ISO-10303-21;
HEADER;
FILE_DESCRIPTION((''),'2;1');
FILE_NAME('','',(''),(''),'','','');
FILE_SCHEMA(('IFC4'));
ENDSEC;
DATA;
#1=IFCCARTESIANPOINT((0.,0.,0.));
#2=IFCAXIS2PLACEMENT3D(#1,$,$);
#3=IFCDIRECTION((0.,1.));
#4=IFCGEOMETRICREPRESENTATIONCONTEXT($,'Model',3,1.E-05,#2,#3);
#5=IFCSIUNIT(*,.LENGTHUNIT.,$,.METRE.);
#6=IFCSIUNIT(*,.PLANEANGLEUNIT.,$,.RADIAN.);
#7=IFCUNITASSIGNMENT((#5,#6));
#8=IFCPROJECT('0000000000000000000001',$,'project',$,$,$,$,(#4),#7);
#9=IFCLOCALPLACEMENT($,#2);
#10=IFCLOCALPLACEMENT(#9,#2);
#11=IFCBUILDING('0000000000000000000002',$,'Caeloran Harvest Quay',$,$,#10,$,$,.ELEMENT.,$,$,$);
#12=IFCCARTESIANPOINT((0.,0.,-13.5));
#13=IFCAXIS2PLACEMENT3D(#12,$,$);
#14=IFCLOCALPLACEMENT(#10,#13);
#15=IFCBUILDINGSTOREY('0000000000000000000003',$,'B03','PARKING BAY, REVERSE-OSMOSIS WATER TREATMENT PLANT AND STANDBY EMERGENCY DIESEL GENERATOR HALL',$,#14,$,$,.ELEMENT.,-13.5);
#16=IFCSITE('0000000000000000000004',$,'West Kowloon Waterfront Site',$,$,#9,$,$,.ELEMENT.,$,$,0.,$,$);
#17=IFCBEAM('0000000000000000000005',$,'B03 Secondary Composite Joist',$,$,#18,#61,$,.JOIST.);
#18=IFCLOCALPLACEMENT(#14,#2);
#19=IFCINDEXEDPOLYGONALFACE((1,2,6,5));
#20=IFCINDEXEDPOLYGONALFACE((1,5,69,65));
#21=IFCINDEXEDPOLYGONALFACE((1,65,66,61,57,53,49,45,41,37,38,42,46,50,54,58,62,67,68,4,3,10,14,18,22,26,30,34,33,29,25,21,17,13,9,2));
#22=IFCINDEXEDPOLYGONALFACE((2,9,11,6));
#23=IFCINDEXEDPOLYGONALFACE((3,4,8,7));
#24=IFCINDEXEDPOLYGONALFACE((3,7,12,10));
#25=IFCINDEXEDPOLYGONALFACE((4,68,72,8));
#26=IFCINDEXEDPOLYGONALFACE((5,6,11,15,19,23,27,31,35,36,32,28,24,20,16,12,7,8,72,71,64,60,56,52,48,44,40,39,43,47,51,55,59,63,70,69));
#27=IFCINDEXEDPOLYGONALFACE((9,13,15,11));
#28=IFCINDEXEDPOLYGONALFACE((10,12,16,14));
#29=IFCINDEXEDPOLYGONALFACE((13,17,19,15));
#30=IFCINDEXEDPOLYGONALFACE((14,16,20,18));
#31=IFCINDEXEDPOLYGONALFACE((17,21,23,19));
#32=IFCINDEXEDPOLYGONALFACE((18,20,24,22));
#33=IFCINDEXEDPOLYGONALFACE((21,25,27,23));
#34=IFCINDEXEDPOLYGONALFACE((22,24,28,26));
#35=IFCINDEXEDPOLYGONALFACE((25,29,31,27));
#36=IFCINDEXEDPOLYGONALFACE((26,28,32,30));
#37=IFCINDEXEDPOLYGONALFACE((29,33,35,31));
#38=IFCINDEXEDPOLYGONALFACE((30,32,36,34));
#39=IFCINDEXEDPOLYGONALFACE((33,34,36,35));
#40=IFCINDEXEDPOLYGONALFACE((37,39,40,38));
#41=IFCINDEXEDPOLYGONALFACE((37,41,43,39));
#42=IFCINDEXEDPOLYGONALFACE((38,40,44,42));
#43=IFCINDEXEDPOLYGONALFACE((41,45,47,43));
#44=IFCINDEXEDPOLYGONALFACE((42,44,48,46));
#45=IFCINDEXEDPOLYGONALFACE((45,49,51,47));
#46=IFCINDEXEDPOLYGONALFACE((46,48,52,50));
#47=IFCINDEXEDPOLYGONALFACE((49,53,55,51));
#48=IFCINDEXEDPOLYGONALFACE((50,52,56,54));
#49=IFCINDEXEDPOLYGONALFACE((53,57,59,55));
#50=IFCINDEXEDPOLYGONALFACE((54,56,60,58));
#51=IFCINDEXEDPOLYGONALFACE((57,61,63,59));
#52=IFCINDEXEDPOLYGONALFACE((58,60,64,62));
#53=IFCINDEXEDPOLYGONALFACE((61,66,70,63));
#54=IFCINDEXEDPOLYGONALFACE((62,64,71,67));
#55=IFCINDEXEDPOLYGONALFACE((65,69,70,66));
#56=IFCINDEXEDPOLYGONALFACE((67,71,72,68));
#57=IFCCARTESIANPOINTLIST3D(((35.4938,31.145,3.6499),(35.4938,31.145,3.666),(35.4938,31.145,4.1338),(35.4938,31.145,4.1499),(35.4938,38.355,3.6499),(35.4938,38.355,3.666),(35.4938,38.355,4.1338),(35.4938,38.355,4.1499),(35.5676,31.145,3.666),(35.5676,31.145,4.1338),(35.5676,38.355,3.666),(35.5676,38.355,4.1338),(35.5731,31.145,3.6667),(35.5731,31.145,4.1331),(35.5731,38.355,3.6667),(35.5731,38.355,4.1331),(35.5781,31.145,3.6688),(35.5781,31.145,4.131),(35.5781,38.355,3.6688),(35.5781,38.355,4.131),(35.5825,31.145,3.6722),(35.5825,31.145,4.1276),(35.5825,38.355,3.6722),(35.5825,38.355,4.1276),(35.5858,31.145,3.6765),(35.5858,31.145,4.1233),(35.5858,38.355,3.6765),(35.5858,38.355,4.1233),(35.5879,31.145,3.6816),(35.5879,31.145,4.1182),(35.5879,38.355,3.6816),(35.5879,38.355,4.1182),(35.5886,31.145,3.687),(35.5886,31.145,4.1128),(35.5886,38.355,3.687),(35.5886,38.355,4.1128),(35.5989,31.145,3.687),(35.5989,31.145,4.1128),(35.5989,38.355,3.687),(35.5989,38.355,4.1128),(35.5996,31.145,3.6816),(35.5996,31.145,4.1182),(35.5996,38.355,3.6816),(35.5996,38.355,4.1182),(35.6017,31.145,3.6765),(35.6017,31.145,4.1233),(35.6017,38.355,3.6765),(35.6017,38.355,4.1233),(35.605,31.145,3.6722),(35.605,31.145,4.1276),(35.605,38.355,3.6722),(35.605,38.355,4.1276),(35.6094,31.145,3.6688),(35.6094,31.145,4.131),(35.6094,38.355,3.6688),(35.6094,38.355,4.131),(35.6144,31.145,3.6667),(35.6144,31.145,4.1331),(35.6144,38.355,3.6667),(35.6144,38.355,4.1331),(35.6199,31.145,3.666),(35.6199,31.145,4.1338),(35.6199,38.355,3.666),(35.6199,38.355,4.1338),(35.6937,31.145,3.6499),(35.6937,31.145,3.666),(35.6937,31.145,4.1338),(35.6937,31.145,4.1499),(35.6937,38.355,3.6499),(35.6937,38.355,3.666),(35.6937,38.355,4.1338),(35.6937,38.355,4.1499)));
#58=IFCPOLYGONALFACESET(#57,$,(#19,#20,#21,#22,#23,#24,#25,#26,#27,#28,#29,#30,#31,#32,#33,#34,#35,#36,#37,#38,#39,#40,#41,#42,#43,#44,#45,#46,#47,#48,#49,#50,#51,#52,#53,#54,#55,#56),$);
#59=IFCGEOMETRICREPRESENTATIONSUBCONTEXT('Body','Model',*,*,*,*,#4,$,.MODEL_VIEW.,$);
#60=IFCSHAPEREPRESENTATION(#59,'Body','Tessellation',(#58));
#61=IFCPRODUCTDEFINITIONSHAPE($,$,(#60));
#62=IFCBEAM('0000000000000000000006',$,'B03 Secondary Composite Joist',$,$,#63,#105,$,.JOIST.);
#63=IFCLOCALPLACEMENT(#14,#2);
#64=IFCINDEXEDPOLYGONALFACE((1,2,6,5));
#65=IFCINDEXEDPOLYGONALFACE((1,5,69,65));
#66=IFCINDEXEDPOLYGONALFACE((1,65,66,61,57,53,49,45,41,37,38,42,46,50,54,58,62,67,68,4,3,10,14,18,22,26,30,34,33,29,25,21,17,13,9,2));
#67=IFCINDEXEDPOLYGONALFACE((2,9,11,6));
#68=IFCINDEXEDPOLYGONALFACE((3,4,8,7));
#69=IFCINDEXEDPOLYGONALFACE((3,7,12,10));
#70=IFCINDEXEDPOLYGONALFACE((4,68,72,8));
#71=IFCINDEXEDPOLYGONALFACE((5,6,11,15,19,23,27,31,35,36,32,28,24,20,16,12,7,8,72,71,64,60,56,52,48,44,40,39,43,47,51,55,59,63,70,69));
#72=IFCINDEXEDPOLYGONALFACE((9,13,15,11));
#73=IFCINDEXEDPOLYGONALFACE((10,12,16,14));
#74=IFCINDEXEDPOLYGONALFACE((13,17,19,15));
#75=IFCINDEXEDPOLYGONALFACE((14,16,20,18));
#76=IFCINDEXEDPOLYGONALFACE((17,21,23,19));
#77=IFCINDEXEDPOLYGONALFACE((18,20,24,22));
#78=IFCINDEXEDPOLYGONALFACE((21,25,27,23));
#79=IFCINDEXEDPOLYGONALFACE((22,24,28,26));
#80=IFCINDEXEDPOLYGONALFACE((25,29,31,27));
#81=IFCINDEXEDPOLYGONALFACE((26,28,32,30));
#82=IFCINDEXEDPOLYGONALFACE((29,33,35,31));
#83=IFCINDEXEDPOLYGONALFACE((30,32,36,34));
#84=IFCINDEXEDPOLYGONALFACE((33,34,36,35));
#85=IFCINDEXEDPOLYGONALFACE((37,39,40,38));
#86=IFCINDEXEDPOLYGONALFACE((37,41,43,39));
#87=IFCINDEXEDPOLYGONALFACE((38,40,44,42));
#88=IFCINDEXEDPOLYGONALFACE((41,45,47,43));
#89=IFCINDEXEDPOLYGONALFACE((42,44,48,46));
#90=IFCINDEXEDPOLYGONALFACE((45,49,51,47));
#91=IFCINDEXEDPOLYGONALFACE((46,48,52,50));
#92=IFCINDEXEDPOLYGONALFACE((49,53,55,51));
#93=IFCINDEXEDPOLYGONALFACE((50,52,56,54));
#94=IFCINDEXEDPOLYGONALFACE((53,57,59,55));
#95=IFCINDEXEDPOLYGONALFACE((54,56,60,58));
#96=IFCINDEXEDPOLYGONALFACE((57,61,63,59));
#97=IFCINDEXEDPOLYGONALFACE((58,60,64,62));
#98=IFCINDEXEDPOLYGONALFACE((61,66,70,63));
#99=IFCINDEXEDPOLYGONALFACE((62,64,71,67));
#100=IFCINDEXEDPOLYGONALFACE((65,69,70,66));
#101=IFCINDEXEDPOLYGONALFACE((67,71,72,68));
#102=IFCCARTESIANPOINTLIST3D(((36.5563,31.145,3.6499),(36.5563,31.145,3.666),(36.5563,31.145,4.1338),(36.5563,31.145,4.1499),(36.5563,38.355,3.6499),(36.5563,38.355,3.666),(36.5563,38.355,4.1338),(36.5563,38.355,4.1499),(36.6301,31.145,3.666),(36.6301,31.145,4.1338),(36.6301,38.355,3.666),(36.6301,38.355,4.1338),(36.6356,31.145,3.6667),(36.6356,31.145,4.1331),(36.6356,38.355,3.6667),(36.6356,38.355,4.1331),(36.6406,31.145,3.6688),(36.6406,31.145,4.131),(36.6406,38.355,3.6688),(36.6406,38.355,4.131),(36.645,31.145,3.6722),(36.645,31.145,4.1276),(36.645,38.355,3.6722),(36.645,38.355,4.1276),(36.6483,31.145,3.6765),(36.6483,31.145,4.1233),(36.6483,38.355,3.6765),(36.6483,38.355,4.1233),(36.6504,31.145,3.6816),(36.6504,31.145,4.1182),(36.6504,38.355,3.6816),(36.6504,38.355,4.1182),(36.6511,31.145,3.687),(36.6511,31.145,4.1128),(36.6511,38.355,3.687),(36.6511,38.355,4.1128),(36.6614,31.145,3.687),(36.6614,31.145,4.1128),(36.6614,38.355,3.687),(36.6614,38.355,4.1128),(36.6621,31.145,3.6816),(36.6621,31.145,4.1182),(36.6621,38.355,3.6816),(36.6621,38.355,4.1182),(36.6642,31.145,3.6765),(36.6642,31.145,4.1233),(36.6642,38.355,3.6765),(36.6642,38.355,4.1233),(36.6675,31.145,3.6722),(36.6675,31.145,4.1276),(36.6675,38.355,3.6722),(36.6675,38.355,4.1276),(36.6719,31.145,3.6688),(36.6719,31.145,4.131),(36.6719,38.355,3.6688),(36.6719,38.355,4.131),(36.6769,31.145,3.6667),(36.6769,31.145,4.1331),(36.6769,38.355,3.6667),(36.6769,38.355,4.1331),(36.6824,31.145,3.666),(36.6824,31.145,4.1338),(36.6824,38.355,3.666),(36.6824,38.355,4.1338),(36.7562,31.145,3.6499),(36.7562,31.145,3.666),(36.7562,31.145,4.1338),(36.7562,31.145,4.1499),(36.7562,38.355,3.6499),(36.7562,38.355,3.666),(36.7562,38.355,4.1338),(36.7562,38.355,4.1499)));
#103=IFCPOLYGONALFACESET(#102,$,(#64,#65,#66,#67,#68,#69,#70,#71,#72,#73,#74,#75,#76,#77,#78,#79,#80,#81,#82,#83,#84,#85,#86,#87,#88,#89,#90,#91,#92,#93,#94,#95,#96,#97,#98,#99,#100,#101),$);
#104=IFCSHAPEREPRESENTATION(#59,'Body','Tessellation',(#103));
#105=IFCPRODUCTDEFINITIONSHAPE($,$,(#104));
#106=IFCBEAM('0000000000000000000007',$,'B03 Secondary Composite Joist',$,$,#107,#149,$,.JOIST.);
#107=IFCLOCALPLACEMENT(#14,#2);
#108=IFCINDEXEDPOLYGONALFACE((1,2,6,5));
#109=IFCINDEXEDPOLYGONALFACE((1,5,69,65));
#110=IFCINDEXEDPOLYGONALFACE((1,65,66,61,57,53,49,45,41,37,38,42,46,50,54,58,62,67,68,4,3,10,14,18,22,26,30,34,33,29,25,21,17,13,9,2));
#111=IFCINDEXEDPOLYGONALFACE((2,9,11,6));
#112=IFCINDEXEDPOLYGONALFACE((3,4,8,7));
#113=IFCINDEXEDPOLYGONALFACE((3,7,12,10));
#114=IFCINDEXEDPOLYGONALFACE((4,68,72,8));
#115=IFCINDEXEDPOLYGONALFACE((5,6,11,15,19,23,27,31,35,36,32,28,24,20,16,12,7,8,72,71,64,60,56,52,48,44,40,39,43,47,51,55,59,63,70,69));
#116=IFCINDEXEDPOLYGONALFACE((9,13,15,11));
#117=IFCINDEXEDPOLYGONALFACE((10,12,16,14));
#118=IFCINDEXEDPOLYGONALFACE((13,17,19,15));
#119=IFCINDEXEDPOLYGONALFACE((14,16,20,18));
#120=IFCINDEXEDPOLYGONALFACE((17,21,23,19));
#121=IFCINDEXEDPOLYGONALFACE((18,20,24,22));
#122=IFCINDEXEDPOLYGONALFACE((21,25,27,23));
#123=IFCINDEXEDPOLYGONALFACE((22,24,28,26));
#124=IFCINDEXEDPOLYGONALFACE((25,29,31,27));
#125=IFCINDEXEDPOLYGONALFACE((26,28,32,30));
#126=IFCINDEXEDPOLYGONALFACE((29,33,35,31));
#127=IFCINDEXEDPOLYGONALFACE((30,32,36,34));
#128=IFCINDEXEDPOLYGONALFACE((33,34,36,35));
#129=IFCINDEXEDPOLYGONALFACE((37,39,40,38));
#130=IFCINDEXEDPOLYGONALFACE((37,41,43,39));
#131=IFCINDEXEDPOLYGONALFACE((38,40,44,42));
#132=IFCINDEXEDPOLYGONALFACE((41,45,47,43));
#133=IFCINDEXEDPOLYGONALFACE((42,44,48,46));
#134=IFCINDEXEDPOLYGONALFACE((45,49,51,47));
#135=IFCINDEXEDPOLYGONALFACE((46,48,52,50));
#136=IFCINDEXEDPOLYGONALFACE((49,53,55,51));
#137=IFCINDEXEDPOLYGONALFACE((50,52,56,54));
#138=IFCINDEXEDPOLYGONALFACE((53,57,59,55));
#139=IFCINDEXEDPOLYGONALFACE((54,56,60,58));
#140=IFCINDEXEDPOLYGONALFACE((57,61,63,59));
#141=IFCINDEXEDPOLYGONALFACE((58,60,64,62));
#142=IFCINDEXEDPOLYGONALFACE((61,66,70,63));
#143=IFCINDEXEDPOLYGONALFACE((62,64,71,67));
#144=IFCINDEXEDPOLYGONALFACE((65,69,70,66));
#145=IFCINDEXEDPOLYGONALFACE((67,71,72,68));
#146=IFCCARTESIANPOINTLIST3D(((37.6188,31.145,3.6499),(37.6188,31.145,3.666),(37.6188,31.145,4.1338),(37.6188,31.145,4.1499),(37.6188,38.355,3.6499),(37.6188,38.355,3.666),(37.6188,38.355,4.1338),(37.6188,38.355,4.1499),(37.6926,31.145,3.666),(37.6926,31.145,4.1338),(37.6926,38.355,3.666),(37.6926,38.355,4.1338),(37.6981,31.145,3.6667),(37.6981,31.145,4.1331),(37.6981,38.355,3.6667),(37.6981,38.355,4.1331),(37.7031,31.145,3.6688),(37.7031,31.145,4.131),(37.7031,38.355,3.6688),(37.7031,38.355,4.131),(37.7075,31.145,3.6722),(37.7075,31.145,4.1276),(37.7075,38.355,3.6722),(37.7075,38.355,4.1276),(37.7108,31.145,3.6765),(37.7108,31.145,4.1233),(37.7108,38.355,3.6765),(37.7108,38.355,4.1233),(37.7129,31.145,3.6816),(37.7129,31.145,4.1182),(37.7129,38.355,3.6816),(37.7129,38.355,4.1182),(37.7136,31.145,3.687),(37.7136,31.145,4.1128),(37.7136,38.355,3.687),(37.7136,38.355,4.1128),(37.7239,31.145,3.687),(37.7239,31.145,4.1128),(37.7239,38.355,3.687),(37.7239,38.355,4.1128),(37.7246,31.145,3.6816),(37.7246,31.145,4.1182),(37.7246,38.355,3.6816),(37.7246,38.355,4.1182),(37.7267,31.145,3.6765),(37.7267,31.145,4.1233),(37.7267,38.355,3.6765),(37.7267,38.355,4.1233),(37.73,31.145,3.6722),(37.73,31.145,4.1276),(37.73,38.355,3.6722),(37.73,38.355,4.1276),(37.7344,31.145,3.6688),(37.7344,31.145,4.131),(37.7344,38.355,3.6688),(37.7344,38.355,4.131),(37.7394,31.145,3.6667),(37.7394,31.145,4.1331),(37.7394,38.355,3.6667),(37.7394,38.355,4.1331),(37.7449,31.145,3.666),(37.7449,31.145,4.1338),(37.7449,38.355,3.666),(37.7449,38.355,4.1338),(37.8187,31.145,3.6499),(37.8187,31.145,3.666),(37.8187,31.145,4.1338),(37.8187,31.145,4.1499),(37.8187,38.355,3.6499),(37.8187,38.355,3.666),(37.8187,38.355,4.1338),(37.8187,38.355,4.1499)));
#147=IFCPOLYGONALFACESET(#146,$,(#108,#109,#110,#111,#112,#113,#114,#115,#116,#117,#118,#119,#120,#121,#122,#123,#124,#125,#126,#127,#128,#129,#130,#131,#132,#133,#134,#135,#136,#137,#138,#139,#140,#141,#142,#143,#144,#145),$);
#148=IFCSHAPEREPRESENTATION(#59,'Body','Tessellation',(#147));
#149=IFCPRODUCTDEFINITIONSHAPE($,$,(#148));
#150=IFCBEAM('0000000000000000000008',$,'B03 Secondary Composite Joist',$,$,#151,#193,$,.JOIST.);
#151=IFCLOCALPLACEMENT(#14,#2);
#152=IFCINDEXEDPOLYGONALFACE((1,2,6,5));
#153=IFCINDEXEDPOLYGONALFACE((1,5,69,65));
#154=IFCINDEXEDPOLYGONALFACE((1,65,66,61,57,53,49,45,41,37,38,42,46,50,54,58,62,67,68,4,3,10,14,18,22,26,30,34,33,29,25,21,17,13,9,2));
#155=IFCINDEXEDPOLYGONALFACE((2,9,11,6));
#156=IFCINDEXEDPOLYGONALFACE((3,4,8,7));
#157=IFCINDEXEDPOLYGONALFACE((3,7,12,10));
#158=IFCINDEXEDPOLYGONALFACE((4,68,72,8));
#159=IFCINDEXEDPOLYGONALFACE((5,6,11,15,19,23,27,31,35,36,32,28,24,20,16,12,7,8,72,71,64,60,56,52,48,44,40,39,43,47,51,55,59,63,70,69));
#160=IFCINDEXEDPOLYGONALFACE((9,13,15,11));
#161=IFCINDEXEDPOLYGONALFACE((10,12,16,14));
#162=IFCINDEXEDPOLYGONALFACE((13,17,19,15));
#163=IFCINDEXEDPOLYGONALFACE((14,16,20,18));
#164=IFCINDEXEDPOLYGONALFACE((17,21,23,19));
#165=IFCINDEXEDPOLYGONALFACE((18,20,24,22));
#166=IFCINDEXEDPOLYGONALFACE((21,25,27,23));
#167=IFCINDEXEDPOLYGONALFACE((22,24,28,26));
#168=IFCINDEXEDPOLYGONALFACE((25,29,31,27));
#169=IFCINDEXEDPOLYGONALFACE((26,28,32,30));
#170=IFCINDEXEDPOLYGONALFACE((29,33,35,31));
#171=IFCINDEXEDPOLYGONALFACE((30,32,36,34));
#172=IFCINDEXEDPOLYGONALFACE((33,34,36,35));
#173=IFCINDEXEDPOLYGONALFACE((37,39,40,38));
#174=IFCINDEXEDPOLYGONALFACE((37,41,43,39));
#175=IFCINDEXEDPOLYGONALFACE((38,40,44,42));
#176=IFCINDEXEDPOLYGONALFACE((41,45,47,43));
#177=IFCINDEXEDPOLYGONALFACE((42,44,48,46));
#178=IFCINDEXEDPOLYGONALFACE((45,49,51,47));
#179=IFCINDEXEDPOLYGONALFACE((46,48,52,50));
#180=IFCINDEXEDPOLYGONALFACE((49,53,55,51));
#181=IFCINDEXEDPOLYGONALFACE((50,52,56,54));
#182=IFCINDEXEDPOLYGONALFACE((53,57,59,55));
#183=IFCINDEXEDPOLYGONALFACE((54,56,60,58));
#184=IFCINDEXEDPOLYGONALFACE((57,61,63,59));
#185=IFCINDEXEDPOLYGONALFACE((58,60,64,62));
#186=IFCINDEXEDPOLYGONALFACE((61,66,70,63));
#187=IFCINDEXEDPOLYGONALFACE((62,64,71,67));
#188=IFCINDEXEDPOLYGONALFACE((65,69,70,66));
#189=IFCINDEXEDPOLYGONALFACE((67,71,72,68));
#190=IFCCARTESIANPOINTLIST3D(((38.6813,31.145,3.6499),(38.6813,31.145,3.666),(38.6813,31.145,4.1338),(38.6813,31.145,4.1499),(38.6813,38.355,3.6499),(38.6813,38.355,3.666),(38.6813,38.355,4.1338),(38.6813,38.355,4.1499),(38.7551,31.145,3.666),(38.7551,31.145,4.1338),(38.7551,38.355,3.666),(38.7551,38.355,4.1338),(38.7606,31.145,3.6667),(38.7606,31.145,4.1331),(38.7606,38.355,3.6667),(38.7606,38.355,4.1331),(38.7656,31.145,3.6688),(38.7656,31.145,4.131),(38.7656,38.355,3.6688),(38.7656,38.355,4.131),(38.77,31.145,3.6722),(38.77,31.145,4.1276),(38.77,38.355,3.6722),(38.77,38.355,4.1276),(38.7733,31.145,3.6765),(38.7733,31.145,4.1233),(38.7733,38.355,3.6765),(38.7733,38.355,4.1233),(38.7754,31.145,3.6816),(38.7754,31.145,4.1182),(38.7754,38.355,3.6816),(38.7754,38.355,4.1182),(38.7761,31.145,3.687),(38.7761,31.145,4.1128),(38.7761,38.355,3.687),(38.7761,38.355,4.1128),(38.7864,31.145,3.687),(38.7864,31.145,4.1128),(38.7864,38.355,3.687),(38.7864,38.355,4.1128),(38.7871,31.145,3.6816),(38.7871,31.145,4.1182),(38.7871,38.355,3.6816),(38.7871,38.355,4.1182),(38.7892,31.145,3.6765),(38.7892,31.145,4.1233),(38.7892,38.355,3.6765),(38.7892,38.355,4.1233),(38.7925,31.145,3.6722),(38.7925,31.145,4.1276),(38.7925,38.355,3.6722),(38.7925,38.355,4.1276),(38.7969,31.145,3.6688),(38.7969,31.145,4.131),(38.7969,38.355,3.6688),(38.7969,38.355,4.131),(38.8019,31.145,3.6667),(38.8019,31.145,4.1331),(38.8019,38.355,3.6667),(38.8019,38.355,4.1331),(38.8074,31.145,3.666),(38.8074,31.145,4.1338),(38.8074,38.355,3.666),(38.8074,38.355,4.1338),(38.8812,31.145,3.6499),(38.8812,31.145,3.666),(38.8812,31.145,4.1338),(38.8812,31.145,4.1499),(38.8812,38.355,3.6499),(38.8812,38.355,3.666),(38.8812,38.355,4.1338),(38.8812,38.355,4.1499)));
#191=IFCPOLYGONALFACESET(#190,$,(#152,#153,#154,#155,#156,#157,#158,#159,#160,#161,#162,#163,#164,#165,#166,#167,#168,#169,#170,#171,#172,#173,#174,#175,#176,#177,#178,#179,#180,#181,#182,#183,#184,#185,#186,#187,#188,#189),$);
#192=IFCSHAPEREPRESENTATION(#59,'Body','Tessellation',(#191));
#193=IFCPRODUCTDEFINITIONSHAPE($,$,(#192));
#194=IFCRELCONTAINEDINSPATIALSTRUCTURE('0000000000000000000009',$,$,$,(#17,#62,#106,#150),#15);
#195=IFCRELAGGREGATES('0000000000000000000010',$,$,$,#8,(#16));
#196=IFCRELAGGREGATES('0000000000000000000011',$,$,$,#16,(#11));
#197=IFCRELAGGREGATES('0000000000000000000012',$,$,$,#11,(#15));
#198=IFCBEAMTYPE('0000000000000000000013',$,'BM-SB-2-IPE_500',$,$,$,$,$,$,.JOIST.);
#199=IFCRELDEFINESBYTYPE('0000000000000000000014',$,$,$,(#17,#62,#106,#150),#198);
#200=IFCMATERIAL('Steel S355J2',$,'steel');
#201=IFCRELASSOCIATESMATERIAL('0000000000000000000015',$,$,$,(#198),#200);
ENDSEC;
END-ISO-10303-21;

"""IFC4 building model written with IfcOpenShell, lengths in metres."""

from ifc_helpers import new_model, si_unit, direction, frame, origin, origin_2d, place, context, subcontext, project, spatial, i_section, extrude, material, material_profile, profile_set, type_object, element, save


model = new_model("IFC4")

# Units and contexts
model_context = context("Model", 3, precision=1e-05, world=origin(), true_north=direction((0.0, 1.0)))
body_context = subcontext(model_context, "Body", "Model", "MODEL_VIEW")
ifc_project = project(units=[si_unit("LENGTHUNIT", "METRE"), si_unit("PLANEANGLEUNIT", "RADIAN")], contexts=[model_context])

# Site, building, storey
site_placement = place(None, origin())
site = spatial("IfcSite", under=ifc_project, at=site_placement, Name="West Kowloon Waterfront Site", CompositionType="ELEMENT", RefElevation=0.0)
building_placement = place(site_placement, origin())
building = spatial("IfcBuilding", under=site, at=building_placement, Name="Caeloran Harvest Quay", CompositionType="ELEMENT")
storey_placement = place(building_placement, frame((0.0, 0.0, -13.5)))
storey = spatial("IfcBuildingStorey", under=building, at=storey_placement, Name="B03", Description="PARKING BAY, REVERSE-OSMOSIS WATER TREATMENT PLANT AND STANDBY EMERGENCY DIESEL GENERATOR HALL", CompositionType="ELEMENT", Elevation=-13.5)

# Beams
ifc_material = material(Name="Steel S355J2", Category="steel")
ifc_material_profile_1 = material_profile(ifc_material, i_section(OverallWidth=0.2, OverallDepth=0.5, WebThickness=0.0103, FlangeThickness=0.0161, FilletRadius=0.021, at=origin_2d()), Name="IPE 500")
ifc_profile_set_1 = profile_set([ifc_material_profile_1], Name="Steel S355J2")
beam_type_1 = type_object("IfcBeamType", Name="BM-SB-2-IPE_500", PredefinedType="JOIST", material=ifc_profile_set_1)
for number, where, z_axis, x_axis, name in (
    (1, (35.5938, 31.145, 3.8999), (0.0, 1.0, 0.0), (-1.0, 0.0, 0.0), "B03 Secondary Composite Joist"),
    (2, (36.6562, 31.145, 3.8999), (0.0, 1.0, 0.0), (-1.0, 0.0, 0.0), "B03 Secondary Composite Joist"),
    (3, (37.7188, 31.145, 3.8999), (0.0, 1.0, 0.0), (-1.0, 0.0, 0.0), "B03 Secondary Composite Joist"),
    (4, (38.7812, 31.145, 3.8999), (0.0, 1.0, 0.0), (-1.0, 0.0, 0.0), "B03 Secondary Composite Joist"),
):
    element("IfcBeam", number, at=place(storey_placement, frame(where, z_axis=z_axis, x_axis=x_axis)), inside=storey, type_object=beam_type_1, Name=name, PredefinedType="JOIST", context=body_context, shape_type="SweptSolid", body=[
        extrude(i_section(OverallWidth=0.2, OverallDepth=0.5, WebThickness=0.0103, FlangeThickness=0.0161, FilletRadius=0.021, at=origin_2d()), origin(), (0.0, 0.0, 1.0), 7.21),
    ])

save(model, "model.ifc")
